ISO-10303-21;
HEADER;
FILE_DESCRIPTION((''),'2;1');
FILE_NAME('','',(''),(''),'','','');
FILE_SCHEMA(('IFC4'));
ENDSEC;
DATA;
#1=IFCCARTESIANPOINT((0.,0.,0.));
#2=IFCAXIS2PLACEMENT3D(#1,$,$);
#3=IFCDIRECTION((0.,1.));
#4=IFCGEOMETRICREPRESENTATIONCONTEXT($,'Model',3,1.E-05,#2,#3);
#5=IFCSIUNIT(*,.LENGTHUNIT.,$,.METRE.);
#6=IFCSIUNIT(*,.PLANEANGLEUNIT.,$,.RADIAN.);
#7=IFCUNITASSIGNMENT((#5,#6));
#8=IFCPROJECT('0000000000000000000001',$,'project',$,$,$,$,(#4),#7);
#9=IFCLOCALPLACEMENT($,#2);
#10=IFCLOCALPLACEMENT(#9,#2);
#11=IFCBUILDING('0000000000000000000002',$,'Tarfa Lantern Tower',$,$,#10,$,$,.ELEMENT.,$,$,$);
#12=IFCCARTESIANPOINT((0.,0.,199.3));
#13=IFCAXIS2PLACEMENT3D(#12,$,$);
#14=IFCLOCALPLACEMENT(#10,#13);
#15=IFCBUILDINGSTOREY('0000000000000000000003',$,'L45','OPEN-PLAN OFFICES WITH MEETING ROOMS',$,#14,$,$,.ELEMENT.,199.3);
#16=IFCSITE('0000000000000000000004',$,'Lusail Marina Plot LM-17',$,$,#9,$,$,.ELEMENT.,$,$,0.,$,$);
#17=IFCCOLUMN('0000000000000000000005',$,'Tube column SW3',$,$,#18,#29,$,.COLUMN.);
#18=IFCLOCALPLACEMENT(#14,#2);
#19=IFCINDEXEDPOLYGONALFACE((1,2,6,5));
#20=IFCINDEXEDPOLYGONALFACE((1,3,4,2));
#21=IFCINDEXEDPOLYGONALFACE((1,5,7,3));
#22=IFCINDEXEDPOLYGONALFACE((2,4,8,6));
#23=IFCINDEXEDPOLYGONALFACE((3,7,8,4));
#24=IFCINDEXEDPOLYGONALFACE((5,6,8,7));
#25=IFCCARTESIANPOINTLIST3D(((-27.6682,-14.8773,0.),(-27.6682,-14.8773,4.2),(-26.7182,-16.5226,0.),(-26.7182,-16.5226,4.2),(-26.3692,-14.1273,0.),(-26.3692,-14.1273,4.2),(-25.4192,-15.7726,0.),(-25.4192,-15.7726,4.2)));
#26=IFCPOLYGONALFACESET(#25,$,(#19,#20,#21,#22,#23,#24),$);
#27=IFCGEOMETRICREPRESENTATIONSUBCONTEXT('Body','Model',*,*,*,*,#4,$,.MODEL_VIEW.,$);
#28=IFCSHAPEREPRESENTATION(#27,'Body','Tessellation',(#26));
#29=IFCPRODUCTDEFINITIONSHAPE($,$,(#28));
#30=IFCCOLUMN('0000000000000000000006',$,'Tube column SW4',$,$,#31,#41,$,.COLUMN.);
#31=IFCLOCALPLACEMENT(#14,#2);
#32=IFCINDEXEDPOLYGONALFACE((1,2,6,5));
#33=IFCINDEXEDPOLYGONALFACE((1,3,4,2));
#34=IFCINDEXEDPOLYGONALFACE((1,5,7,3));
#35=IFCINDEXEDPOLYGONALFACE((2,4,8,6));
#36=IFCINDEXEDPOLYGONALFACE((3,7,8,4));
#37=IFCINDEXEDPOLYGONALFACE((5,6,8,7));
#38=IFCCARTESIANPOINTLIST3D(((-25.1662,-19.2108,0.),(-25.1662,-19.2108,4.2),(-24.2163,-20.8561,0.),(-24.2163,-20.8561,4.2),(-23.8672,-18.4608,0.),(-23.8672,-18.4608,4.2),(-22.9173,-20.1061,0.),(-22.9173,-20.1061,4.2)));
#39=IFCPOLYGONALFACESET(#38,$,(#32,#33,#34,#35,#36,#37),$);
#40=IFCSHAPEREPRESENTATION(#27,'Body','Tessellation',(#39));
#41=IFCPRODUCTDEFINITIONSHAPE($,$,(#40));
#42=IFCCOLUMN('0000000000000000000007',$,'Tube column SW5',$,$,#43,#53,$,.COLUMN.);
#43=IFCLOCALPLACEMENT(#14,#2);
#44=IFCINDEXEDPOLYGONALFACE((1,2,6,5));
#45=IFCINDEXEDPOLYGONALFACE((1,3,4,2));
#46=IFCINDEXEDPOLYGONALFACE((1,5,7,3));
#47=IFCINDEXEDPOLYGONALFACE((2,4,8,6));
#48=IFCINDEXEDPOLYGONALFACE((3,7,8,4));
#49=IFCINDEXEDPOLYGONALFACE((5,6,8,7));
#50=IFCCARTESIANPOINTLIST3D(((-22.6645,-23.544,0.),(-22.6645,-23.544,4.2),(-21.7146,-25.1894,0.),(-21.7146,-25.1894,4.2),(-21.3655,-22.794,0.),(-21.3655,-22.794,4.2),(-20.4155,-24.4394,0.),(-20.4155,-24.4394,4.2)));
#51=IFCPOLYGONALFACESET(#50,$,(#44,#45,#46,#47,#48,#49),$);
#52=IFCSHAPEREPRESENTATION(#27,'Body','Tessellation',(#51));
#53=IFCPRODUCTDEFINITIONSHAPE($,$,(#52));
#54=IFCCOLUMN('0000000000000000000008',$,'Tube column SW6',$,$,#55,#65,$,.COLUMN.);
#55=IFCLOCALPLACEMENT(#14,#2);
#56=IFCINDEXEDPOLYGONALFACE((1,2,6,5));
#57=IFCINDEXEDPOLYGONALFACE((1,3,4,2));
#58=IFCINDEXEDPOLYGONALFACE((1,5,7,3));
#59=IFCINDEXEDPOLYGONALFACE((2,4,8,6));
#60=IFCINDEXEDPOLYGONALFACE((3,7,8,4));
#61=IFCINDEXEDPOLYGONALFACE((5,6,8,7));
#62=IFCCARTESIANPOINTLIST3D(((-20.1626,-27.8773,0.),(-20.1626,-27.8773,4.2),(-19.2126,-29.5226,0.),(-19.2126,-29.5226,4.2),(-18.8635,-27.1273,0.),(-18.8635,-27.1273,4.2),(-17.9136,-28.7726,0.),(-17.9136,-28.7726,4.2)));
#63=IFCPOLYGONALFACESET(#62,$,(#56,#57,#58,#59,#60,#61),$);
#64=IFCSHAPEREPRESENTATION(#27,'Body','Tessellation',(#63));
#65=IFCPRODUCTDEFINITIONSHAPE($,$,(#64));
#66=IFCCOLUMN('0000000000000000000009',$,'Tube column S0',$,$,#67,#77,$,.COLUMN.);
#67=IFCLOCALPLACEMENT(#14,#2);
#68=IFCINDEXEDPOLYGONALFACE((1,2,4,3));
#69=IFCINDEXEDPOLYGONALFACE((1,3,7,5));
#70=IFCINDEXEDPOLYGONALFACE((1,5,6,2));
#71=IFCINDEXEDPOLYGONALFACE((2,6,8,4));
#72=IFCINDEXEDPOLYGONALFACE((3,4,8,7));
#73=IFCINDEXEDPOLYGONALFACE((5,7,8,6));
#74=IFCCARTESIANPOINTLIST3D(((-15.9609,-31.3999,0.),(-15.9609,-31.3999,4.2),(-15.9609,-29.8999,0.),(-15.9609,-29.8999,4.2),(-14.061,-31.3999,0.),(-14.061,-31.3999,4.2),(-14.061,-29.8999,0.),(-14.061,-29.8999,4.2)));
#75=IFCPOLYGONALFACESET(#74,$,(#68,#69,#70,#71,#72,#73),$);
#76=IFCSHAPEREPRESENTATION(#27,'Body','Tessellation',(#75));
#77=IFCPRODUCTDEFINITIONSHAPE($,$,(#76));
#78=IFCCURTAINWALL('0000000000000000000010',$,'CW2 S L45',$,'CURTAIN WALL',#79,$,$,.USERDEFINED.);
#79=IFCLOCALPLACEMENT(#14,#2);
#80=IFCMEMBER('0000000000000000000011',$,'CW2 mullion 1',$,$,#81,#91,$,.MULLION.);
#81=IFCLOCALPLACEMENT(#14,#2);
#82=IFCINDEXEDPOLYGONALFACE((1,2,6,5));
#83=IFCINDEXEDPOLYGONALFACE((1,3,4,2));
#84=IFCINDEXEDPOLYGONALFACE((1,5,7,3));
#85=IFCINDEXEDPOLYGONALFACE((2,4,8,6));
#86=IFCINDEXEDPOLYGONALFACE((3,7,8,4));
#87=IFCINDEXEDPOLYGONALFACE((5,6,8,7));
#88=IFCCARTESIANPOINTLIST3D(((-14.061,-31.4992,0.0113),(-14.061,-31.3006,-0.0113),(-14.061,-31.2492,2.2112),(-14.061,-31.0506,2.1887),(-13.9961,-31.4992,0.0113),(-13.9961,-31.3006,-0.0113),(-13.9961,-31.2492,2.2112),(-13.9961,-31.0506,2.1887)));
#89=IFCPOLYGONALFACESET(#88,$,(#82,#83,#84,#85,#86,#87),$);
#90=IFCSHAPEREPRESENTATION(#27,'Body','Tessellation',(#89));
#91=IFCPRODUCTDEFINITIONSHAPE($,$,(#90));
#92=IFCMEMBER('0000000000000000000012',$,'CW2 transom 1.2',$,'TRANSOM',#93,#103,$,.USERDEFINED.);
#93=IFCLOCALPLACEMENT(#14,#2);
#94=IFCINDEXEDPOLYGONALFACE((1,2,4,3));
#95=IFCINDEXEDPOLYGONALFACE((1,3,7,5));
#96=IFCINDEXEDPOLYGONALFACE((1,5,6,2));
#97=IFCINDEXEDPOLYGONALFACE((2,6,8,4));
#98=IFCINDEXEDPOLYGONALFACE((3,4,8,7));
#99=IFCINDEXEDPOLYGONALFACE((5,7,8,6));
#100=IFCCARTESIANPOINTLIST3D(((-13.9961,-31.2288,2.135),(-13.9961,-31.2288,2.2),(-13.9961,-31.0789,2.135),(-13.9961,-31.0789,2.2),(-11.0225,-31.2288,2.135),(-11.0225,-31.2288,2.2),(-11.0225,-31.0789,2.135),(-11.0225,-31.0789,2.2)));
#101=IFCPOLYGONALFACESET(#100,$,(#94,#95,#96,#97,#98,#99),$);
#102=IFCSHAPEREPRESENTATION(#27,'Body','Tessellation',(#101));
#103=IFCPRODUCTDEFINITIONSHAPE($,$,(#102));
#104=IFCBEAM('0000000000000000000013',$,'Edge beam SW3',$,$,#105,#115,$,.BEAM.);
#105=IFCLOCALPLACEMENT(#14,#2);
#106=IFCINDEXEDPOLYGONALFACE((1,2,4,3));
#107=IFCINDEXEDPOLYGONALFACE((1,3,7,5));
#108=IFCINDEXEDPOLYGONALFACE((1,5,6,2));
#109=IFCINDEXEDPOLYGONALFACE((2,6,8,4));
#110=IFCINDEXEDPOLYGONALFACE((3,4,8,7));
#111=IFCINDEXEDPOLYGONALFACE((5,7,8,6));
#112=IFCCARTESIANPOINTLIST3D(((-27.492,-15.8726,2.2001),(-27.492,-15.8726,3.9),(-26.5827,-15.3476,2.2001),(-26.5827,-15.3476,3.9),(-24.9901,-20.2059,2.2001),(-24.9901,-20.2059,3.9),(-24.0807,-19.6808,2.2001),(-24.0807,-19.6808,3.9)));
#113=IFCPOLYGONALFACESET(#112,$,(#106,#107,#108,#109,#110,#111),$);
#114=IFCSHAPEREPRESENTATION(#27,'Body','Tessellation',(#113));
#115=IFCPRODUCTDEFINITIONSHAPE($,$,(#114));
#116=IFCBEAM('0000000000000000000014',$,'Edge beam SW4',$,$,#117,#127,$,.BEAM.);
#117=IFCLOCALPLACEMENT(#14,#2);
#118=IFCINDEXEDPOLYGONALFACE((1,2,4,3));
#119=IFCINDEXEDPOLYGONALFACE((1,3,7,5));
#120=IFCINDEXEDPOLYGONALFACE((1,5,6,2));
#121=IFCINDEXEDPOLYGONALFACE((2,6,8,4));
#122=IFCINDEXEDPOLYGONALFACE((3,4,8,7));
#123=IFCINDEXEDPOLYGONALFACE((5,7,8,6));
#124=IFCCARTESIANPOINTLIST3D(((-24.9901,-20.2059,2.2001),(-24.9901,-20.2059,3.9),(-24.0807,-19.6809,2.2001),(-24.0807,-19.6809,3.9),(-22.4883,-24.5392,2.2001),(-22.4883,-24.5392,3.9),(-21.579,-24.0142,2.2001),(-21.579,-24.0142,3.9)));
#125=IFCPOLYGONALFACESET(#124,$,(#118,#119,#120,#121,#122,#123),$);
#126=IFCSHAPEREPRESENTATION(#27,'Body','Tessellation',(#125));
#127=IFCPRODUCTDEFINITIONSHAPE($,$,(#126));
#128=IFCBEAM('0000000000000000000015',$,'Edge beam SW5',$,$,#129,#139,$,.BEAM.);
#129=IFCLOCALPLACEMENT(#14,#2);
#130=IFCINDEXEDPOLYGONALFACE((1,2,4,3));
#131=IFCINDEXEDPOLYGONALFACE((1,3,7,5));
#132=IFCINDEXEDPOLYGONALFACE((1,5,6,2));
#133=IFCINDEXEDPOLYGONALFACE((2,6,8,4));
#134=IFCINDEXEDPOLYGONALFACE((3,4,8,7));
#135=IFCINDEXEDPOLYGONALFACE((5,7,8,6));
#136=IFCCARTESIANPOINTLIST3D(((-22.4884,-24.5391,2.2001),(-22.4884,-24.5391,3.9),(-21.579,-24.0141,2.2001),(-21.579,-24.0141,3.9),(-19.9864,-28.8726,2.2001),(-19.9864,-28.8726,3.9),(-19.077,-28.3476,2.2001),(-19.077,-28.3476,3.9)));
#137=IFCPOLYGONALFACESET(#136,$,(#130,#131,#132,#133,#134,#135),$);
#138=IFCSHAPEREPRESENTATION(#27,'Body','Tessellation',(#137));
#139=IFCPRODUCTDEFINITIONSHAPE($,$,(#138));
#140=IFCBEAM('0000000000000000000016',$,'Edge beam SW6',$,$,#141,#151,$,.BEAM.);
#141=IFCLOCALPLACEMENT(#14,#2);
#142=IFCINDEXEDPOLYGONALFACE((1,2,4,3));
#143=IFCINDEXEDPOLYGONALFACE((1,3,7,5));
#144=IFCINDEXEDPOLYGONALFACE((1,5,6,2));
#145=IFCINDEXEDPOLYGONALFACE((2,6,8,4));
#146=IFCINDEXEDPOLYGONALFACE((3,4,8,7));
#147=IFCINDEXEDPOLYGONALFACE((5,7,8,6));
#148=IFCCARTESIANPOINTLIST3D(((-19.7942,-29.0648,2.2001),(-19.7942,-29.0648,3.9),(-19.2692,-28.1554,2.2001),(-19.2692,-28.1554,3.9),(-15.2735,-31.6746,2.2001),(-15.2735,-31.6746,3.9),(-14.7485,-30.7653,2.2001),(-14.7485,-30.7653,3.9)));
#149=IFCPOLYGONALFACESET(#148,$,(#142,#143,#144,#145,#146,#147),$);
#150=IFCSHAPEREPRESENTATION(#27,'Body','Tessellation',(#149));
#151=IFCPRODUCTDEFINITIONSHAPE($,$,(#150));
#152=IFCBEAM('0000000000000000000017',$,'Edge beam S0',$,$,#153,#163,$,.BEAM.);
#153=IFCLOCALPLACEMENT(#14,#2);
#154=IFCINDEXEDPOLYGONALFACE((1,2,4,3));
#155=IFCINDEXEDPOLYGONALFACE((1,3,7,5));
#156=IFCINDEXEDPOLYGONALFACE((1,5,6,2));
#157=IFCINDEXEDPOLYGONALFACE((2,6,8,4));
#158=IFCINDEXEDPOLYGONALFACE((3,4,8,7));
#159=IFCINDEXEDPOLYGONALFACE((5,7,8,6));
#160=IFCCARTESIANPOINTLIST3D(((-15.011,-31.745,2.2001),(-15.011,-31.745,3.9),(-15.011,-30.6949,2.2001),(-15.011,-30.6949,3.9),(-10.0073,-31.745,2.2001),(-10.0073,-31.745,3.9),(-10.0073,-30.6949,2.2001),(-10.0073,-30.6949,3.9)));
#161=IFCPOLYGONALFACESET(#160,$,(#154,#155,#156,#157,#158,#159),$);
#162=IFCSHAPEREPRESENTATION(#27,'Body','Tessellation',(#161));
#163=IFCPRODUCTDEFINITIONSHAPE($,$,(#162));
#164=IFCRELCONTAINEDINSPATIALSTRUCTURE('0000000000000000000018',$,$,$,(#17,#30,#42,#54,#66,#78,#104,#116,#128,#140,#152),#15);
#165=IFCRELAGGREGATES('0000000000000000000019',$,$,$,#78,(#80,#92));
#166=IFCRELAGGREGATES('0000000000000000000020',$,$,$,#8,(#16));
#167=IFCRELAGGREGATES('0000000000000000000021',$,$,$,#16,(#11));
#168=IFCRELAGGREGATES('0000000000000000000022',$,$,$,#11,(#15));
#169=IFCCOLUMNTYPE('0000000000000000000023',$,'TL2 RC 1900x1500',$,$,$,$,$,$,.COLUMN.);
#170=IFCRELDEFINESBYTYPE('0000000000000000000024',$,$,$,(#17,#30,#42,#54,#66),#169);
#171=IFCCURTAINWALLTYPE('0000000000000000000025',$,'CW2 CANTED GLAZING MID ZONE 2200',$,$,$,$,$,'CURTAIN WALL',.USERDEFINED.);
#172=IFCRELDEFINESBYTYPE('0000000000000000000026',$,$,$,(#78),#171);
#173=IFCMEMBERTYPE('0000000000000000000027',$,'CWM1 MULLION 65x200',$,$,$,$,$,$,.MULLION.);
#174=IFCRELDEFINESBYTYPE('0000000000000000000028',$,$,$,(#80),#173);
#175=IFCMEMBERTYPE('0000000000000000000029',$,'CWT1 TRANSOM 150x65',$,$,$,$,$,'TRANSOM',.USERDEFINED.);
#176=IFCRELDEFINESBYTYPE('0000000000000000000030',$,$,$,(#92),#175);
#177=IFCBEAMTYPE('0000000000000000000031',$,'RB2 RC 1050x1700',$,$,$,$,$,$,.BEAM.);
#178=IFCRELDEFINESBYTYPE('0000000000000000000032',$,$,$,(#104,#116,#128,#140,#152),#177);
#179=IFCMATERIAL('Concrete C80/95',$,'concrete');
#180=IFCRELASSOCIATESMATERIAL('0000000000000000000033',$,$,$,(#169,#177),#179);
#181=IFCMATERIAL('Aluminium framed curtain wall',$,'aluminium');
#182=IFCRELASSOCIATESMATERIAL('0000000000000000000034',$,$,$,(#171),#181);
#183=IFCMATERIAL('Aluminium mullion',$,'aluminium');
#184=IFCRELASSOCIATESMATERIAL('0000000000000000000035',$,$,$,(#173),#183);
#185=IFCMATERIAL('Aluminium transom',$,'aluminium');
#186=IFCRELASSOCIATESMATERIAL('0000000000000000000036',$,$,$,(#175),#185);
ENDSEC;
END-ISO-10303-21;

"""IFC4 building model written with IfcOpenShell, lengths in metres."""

from ifc_helpers import new_model, si_unit, direction, frame, origin, origin_2d, place, context, subcontext, project, spatial, rectangle, extrude, material, material_profile, profile_set, type_object, element, aggregate, save


model = new_model("IFC4")

# Units and contexts
model_context = context("Model", 3, precision=1e-05, world=origin(), true_north=direction((0.0, 1.0)))
body_context = subcontext(model_context, "Body", "Model", "MODEL_VIEW")
ifc_project = project(units=[si_unit("LENGTHUNIT", "METRE"), si_unit("PLANEANGLEUNIT", "RADIAN")], contexts=[model_context])

# Site, building, storey
site_placement = place(None, origin())
site = spatial("IfcSite", under=ifc_project, at=site_placement, Name="Lusail Marina Plot LM-17", CompositionType="ELEMENT", RefElevation=0.0)
building_placement = place(site_placement, origin())
building = spatial("IfcBuilding", under=site, at=building_placement, Name="Tarfa Lantern Tower", CompositionType="ELEMENT")
storey_placement = place(building_placement, frame((0.0, 0.0, 199.3)))
storey = spatial("IfcBuildingStorey", under=building, at=storey_placement, Name="L45", Description="OPEN-PLAN OFFICES WITH MEETING ROOMS", CompositionType="ELEMENT", Elevation=199.3)

# Columns
ifc_material_1 = material(Name="Concrete C80/95", Category="concrete")
ifc_material_profile_1 = material_profile(ifc_material_1, rectangle(XDim=1.8999, YDim=1.5, at=origin_2d()), Name="RC 1900x1500")
ifc_profile_set_1 = profile_set([ifc_material_profile_1], Name="Concrete C80/95")
column_type = type_object("IfcColumnType", Name="TL2 RC 1900x1500", PredefinedType="COLUMN", material=ifc_profile_set_1)
for number, where, z_axis, x_axis, name in (
    (1, (-26.5437, -15.325, 0.0), (0.0, 0.0, 1.0), (0.5, -0.866025, 0.0), "Tube column SW3"),
    (2, (-24.0417, -19.6584, 0.0), (0.0, 0.0, 1.0), (0.5, -0.866025, 0.0), "Tube column SW4"),
    (3, (-21.54, -23.9917, 0.0), (0.0, 0.0, 1.0), (0.5, -0.866025, 0.0), "Tube column SW5"),
    (4, (-19.0381, -28.325, 0.0), (0.0, 0.0, 1.0), (0.5, -0.866025, 0.0), "Tube column SW6"),
    (5, (-15.011, -30.6499, 0.0), (0.0, 0.0, 1.0), (1.0, 0.0, 0.0), "Tube column S0"),
):
    element("IfcColumn", number, at=place(storey_placement, frame(where, z_axis=z_axis, x_axis=x_axis)), inside=storey, type_object=column_type, Name=name, PredefinedType="COLUMN", context=body_context, shape_type="SweptSolid", body=[
        extrude(rectangle(XDim=1.8999, YDim=1.5, at=origin_2d()), origin(), (0.0, 0.0, 1.0), 4.2),
    ])

# Curtain wall, members
ifc_material_2 = material(Name="Aluminium framed curtain wall", Category="aluminium")
curtain_wall_type = type_object("IfcCurtainWallType", Name="CW2 CANTED GLAZING MID ZONE 2200", ElementType="CURTAIN WALL", PredefinedType="USERDEFINED", material=ifc_material_2)
curtain_wall_placement = place(storey_placement, origin())
curtain_wall = element("IfcCurtainWall", 6, at=curtain_wall_placement, inside=storey, type_object=curtain_wall_type, Name="CW2 S L45", ObjectType="CURTAIN WALL", PredefinedType="USERDEFINED")
ifc_material_3 = material(Name="Aluminium mullion", Category="aluminium")
ifc_material_profile_2 = material_profile(ifc_material_3, rectangle(XDim=0.0649, YDim=0.2, at=origin_2d()), Name="AL MULLION 65x200")
ifc_profile_set_2 = profile_set([ifc_material_profile_2], Name="Aluminium mullion")
member_type_1 = type_object("IfcMemberType", Name="CWM1 MULLION 65x200", PredefinedType="MULLION", material=ifc_profile_set_2)
member_1_placement = place(storey_placement, frame((-14.0286, -31.3999, 0.0), z_axis=(0.0, 0.112912, 0.993605), x_axis=(-1.0, 0.0, 0.0)))
member_1 = element("IfcMember", 7, at=member_1_placement, type_object=member_type_1, Name="CW2 mullion 1", PredefinedType="MULLION", context=body_context, shape_type="SweptSolid", body=[
    extrude(rectangle(XDim=0.0649, YDim=0.2, at=origin_2d()), origin(), (0.0, 0.0, 1.0), 2.2141),
])
ifc_material_4 = material(Name="Aluminium transom", Category="aluminium")
ifc_material_profile_3 = material_profile(ifc_material_4, rectangle(XDim=0.1499, YDim=0.0649, at=origin_2d()), Name="AL TRANSOM 150x65")
ifc_profile_set_3 = profile_set([ifc_material_profile_3], Name="Aluminium transom")
member_type_2 = type_object("IfcMemberType", Name="CWT1 TRANSOM 150x65", ElementType="TRANSOM", PredefinedType="USERDEFINED", material=ifc_profile_set_3)
member_2_placement = place(storey_placement, frame((-13.9961, -31.1538, 2.1675), z_axis=(1.0, 0.0, 0.0), x_axis=(0.0, 1.0, 0.0)))
member_2 = element("IfcMember", 8, at=member_2_placement, type_object=member_type_2, Name="CW2 transom 1.2", ObjectType="TRANSOM", PredefinedType="USERDEFINED", context=body_context, shape_type="SweptSolid", body=[
    extrude(rectangle(XDim=0.1499, YDim=0.0649, at=origin_2d()), origin(), (0.0, 0.0, 1.0), 2.9736),
])

# Beams
ifc_material_profile_4 = material_profile(ifc_material_1, rectangle(XDim=1.05, YDim=1.7, at=origin_2d()), Name="RC 1050x1700")
ifc_profile_set_4 = profile_set([ifc_material_profile_4], Name="Concrete C80/95")
beam_type_1 = type_object("IfcBeamType", Name="RB2 RC 1050x1700", PredefinedType="BEAM", material=ifc_profile_set_4)
for number, where, z_axis, x_axis, name in (
    (9, (-27.0374, -15.6101, 3.05), (0.500022, -0.866013, 0.0), (0.866013, 0.500022, 0.0), "Edge beam SW3"),
    (10, (-24.5354, -19.9434, 3.05), (0.499986, -0.866034, 0.0), (0.866034, 0.499986, 0.0), "Edge beam SW4"),
):
    element("IfcBeam", number, at=place(storey_placement, frame(where, z_axis=z_axis, x_axis=x_axis)), inside=storey, type_object=beam_type_1, Name=name, PredefinedType="BEAM", context=body_context, shape_type="SweptSolid", body=[
        extrude(rectangle(XDim=1.05, YDim=1.7, at=origin_2d()), origin(), (0.0, 0.0, 1.0), 5.0037),
    ])
beam_1_placement = place(storey_placement, frame((-22.0337, -24.2766, 3.05), z_axis=(0.500001, -0.866025, 0.0), x_axis=(0.866025, 0.500001, 0.0)))
element("IfcBeam", 11, at=beam_1_placement, inside=storey, type_object=beam_type_1, Name="Edge beam SW5", PredefinedType="BEAM", context=body_context, shape_type="SweptSolid", body=[
    extrude(rectangle(XDim=1.05, YDim=1.7, at=origin_2d()), origin(), (0.0, 0.0, 1.0), 5.0039),
])
beam_2_placement = place(storey_placement, frame((-19.5317, -28.6101, 3.05), z_axis=(0.866042, -0.499972, 0.0), x_axis=(0.499972, 0.866042, 0.0)))
element("IfcBeam", 12, at=beam_2_placement, inside=storey, type_object=beam_type_1, Name="Edge beam SW6", PredefinedType="BEAM", context=body_context, shape_type="SweptSolid", body=[
    extrude(rectangle(XDim=1.05, YDim=1.7, at=origin_2d()), origin(), (0.0, 0.0, 1.0), 5.22),
])
beam_3_placement = place(storey_placement, frame((-15.011, -31.22, 3.05), z_axis=(1.0, 0.0, 0.0), x_axis=(0.0, 1.0, 0.0)))
element("IfcBeam", 13, at=beam_3_placement, inside=storey, type_object=beam_type_1, Name="Edge beam S0", PredefinedType="BEAM", context=body_context, shape_type="SweptSolid", body=[
    extrude(rectangle(XDim=1.05, YDim=1.7, at=origin_2d()), origin(), (0.0, 0.0, 1.0), 5.0037),
])

aggregate(curtain_wall, [member_1, member_2])

save(model, "model.ifc")
